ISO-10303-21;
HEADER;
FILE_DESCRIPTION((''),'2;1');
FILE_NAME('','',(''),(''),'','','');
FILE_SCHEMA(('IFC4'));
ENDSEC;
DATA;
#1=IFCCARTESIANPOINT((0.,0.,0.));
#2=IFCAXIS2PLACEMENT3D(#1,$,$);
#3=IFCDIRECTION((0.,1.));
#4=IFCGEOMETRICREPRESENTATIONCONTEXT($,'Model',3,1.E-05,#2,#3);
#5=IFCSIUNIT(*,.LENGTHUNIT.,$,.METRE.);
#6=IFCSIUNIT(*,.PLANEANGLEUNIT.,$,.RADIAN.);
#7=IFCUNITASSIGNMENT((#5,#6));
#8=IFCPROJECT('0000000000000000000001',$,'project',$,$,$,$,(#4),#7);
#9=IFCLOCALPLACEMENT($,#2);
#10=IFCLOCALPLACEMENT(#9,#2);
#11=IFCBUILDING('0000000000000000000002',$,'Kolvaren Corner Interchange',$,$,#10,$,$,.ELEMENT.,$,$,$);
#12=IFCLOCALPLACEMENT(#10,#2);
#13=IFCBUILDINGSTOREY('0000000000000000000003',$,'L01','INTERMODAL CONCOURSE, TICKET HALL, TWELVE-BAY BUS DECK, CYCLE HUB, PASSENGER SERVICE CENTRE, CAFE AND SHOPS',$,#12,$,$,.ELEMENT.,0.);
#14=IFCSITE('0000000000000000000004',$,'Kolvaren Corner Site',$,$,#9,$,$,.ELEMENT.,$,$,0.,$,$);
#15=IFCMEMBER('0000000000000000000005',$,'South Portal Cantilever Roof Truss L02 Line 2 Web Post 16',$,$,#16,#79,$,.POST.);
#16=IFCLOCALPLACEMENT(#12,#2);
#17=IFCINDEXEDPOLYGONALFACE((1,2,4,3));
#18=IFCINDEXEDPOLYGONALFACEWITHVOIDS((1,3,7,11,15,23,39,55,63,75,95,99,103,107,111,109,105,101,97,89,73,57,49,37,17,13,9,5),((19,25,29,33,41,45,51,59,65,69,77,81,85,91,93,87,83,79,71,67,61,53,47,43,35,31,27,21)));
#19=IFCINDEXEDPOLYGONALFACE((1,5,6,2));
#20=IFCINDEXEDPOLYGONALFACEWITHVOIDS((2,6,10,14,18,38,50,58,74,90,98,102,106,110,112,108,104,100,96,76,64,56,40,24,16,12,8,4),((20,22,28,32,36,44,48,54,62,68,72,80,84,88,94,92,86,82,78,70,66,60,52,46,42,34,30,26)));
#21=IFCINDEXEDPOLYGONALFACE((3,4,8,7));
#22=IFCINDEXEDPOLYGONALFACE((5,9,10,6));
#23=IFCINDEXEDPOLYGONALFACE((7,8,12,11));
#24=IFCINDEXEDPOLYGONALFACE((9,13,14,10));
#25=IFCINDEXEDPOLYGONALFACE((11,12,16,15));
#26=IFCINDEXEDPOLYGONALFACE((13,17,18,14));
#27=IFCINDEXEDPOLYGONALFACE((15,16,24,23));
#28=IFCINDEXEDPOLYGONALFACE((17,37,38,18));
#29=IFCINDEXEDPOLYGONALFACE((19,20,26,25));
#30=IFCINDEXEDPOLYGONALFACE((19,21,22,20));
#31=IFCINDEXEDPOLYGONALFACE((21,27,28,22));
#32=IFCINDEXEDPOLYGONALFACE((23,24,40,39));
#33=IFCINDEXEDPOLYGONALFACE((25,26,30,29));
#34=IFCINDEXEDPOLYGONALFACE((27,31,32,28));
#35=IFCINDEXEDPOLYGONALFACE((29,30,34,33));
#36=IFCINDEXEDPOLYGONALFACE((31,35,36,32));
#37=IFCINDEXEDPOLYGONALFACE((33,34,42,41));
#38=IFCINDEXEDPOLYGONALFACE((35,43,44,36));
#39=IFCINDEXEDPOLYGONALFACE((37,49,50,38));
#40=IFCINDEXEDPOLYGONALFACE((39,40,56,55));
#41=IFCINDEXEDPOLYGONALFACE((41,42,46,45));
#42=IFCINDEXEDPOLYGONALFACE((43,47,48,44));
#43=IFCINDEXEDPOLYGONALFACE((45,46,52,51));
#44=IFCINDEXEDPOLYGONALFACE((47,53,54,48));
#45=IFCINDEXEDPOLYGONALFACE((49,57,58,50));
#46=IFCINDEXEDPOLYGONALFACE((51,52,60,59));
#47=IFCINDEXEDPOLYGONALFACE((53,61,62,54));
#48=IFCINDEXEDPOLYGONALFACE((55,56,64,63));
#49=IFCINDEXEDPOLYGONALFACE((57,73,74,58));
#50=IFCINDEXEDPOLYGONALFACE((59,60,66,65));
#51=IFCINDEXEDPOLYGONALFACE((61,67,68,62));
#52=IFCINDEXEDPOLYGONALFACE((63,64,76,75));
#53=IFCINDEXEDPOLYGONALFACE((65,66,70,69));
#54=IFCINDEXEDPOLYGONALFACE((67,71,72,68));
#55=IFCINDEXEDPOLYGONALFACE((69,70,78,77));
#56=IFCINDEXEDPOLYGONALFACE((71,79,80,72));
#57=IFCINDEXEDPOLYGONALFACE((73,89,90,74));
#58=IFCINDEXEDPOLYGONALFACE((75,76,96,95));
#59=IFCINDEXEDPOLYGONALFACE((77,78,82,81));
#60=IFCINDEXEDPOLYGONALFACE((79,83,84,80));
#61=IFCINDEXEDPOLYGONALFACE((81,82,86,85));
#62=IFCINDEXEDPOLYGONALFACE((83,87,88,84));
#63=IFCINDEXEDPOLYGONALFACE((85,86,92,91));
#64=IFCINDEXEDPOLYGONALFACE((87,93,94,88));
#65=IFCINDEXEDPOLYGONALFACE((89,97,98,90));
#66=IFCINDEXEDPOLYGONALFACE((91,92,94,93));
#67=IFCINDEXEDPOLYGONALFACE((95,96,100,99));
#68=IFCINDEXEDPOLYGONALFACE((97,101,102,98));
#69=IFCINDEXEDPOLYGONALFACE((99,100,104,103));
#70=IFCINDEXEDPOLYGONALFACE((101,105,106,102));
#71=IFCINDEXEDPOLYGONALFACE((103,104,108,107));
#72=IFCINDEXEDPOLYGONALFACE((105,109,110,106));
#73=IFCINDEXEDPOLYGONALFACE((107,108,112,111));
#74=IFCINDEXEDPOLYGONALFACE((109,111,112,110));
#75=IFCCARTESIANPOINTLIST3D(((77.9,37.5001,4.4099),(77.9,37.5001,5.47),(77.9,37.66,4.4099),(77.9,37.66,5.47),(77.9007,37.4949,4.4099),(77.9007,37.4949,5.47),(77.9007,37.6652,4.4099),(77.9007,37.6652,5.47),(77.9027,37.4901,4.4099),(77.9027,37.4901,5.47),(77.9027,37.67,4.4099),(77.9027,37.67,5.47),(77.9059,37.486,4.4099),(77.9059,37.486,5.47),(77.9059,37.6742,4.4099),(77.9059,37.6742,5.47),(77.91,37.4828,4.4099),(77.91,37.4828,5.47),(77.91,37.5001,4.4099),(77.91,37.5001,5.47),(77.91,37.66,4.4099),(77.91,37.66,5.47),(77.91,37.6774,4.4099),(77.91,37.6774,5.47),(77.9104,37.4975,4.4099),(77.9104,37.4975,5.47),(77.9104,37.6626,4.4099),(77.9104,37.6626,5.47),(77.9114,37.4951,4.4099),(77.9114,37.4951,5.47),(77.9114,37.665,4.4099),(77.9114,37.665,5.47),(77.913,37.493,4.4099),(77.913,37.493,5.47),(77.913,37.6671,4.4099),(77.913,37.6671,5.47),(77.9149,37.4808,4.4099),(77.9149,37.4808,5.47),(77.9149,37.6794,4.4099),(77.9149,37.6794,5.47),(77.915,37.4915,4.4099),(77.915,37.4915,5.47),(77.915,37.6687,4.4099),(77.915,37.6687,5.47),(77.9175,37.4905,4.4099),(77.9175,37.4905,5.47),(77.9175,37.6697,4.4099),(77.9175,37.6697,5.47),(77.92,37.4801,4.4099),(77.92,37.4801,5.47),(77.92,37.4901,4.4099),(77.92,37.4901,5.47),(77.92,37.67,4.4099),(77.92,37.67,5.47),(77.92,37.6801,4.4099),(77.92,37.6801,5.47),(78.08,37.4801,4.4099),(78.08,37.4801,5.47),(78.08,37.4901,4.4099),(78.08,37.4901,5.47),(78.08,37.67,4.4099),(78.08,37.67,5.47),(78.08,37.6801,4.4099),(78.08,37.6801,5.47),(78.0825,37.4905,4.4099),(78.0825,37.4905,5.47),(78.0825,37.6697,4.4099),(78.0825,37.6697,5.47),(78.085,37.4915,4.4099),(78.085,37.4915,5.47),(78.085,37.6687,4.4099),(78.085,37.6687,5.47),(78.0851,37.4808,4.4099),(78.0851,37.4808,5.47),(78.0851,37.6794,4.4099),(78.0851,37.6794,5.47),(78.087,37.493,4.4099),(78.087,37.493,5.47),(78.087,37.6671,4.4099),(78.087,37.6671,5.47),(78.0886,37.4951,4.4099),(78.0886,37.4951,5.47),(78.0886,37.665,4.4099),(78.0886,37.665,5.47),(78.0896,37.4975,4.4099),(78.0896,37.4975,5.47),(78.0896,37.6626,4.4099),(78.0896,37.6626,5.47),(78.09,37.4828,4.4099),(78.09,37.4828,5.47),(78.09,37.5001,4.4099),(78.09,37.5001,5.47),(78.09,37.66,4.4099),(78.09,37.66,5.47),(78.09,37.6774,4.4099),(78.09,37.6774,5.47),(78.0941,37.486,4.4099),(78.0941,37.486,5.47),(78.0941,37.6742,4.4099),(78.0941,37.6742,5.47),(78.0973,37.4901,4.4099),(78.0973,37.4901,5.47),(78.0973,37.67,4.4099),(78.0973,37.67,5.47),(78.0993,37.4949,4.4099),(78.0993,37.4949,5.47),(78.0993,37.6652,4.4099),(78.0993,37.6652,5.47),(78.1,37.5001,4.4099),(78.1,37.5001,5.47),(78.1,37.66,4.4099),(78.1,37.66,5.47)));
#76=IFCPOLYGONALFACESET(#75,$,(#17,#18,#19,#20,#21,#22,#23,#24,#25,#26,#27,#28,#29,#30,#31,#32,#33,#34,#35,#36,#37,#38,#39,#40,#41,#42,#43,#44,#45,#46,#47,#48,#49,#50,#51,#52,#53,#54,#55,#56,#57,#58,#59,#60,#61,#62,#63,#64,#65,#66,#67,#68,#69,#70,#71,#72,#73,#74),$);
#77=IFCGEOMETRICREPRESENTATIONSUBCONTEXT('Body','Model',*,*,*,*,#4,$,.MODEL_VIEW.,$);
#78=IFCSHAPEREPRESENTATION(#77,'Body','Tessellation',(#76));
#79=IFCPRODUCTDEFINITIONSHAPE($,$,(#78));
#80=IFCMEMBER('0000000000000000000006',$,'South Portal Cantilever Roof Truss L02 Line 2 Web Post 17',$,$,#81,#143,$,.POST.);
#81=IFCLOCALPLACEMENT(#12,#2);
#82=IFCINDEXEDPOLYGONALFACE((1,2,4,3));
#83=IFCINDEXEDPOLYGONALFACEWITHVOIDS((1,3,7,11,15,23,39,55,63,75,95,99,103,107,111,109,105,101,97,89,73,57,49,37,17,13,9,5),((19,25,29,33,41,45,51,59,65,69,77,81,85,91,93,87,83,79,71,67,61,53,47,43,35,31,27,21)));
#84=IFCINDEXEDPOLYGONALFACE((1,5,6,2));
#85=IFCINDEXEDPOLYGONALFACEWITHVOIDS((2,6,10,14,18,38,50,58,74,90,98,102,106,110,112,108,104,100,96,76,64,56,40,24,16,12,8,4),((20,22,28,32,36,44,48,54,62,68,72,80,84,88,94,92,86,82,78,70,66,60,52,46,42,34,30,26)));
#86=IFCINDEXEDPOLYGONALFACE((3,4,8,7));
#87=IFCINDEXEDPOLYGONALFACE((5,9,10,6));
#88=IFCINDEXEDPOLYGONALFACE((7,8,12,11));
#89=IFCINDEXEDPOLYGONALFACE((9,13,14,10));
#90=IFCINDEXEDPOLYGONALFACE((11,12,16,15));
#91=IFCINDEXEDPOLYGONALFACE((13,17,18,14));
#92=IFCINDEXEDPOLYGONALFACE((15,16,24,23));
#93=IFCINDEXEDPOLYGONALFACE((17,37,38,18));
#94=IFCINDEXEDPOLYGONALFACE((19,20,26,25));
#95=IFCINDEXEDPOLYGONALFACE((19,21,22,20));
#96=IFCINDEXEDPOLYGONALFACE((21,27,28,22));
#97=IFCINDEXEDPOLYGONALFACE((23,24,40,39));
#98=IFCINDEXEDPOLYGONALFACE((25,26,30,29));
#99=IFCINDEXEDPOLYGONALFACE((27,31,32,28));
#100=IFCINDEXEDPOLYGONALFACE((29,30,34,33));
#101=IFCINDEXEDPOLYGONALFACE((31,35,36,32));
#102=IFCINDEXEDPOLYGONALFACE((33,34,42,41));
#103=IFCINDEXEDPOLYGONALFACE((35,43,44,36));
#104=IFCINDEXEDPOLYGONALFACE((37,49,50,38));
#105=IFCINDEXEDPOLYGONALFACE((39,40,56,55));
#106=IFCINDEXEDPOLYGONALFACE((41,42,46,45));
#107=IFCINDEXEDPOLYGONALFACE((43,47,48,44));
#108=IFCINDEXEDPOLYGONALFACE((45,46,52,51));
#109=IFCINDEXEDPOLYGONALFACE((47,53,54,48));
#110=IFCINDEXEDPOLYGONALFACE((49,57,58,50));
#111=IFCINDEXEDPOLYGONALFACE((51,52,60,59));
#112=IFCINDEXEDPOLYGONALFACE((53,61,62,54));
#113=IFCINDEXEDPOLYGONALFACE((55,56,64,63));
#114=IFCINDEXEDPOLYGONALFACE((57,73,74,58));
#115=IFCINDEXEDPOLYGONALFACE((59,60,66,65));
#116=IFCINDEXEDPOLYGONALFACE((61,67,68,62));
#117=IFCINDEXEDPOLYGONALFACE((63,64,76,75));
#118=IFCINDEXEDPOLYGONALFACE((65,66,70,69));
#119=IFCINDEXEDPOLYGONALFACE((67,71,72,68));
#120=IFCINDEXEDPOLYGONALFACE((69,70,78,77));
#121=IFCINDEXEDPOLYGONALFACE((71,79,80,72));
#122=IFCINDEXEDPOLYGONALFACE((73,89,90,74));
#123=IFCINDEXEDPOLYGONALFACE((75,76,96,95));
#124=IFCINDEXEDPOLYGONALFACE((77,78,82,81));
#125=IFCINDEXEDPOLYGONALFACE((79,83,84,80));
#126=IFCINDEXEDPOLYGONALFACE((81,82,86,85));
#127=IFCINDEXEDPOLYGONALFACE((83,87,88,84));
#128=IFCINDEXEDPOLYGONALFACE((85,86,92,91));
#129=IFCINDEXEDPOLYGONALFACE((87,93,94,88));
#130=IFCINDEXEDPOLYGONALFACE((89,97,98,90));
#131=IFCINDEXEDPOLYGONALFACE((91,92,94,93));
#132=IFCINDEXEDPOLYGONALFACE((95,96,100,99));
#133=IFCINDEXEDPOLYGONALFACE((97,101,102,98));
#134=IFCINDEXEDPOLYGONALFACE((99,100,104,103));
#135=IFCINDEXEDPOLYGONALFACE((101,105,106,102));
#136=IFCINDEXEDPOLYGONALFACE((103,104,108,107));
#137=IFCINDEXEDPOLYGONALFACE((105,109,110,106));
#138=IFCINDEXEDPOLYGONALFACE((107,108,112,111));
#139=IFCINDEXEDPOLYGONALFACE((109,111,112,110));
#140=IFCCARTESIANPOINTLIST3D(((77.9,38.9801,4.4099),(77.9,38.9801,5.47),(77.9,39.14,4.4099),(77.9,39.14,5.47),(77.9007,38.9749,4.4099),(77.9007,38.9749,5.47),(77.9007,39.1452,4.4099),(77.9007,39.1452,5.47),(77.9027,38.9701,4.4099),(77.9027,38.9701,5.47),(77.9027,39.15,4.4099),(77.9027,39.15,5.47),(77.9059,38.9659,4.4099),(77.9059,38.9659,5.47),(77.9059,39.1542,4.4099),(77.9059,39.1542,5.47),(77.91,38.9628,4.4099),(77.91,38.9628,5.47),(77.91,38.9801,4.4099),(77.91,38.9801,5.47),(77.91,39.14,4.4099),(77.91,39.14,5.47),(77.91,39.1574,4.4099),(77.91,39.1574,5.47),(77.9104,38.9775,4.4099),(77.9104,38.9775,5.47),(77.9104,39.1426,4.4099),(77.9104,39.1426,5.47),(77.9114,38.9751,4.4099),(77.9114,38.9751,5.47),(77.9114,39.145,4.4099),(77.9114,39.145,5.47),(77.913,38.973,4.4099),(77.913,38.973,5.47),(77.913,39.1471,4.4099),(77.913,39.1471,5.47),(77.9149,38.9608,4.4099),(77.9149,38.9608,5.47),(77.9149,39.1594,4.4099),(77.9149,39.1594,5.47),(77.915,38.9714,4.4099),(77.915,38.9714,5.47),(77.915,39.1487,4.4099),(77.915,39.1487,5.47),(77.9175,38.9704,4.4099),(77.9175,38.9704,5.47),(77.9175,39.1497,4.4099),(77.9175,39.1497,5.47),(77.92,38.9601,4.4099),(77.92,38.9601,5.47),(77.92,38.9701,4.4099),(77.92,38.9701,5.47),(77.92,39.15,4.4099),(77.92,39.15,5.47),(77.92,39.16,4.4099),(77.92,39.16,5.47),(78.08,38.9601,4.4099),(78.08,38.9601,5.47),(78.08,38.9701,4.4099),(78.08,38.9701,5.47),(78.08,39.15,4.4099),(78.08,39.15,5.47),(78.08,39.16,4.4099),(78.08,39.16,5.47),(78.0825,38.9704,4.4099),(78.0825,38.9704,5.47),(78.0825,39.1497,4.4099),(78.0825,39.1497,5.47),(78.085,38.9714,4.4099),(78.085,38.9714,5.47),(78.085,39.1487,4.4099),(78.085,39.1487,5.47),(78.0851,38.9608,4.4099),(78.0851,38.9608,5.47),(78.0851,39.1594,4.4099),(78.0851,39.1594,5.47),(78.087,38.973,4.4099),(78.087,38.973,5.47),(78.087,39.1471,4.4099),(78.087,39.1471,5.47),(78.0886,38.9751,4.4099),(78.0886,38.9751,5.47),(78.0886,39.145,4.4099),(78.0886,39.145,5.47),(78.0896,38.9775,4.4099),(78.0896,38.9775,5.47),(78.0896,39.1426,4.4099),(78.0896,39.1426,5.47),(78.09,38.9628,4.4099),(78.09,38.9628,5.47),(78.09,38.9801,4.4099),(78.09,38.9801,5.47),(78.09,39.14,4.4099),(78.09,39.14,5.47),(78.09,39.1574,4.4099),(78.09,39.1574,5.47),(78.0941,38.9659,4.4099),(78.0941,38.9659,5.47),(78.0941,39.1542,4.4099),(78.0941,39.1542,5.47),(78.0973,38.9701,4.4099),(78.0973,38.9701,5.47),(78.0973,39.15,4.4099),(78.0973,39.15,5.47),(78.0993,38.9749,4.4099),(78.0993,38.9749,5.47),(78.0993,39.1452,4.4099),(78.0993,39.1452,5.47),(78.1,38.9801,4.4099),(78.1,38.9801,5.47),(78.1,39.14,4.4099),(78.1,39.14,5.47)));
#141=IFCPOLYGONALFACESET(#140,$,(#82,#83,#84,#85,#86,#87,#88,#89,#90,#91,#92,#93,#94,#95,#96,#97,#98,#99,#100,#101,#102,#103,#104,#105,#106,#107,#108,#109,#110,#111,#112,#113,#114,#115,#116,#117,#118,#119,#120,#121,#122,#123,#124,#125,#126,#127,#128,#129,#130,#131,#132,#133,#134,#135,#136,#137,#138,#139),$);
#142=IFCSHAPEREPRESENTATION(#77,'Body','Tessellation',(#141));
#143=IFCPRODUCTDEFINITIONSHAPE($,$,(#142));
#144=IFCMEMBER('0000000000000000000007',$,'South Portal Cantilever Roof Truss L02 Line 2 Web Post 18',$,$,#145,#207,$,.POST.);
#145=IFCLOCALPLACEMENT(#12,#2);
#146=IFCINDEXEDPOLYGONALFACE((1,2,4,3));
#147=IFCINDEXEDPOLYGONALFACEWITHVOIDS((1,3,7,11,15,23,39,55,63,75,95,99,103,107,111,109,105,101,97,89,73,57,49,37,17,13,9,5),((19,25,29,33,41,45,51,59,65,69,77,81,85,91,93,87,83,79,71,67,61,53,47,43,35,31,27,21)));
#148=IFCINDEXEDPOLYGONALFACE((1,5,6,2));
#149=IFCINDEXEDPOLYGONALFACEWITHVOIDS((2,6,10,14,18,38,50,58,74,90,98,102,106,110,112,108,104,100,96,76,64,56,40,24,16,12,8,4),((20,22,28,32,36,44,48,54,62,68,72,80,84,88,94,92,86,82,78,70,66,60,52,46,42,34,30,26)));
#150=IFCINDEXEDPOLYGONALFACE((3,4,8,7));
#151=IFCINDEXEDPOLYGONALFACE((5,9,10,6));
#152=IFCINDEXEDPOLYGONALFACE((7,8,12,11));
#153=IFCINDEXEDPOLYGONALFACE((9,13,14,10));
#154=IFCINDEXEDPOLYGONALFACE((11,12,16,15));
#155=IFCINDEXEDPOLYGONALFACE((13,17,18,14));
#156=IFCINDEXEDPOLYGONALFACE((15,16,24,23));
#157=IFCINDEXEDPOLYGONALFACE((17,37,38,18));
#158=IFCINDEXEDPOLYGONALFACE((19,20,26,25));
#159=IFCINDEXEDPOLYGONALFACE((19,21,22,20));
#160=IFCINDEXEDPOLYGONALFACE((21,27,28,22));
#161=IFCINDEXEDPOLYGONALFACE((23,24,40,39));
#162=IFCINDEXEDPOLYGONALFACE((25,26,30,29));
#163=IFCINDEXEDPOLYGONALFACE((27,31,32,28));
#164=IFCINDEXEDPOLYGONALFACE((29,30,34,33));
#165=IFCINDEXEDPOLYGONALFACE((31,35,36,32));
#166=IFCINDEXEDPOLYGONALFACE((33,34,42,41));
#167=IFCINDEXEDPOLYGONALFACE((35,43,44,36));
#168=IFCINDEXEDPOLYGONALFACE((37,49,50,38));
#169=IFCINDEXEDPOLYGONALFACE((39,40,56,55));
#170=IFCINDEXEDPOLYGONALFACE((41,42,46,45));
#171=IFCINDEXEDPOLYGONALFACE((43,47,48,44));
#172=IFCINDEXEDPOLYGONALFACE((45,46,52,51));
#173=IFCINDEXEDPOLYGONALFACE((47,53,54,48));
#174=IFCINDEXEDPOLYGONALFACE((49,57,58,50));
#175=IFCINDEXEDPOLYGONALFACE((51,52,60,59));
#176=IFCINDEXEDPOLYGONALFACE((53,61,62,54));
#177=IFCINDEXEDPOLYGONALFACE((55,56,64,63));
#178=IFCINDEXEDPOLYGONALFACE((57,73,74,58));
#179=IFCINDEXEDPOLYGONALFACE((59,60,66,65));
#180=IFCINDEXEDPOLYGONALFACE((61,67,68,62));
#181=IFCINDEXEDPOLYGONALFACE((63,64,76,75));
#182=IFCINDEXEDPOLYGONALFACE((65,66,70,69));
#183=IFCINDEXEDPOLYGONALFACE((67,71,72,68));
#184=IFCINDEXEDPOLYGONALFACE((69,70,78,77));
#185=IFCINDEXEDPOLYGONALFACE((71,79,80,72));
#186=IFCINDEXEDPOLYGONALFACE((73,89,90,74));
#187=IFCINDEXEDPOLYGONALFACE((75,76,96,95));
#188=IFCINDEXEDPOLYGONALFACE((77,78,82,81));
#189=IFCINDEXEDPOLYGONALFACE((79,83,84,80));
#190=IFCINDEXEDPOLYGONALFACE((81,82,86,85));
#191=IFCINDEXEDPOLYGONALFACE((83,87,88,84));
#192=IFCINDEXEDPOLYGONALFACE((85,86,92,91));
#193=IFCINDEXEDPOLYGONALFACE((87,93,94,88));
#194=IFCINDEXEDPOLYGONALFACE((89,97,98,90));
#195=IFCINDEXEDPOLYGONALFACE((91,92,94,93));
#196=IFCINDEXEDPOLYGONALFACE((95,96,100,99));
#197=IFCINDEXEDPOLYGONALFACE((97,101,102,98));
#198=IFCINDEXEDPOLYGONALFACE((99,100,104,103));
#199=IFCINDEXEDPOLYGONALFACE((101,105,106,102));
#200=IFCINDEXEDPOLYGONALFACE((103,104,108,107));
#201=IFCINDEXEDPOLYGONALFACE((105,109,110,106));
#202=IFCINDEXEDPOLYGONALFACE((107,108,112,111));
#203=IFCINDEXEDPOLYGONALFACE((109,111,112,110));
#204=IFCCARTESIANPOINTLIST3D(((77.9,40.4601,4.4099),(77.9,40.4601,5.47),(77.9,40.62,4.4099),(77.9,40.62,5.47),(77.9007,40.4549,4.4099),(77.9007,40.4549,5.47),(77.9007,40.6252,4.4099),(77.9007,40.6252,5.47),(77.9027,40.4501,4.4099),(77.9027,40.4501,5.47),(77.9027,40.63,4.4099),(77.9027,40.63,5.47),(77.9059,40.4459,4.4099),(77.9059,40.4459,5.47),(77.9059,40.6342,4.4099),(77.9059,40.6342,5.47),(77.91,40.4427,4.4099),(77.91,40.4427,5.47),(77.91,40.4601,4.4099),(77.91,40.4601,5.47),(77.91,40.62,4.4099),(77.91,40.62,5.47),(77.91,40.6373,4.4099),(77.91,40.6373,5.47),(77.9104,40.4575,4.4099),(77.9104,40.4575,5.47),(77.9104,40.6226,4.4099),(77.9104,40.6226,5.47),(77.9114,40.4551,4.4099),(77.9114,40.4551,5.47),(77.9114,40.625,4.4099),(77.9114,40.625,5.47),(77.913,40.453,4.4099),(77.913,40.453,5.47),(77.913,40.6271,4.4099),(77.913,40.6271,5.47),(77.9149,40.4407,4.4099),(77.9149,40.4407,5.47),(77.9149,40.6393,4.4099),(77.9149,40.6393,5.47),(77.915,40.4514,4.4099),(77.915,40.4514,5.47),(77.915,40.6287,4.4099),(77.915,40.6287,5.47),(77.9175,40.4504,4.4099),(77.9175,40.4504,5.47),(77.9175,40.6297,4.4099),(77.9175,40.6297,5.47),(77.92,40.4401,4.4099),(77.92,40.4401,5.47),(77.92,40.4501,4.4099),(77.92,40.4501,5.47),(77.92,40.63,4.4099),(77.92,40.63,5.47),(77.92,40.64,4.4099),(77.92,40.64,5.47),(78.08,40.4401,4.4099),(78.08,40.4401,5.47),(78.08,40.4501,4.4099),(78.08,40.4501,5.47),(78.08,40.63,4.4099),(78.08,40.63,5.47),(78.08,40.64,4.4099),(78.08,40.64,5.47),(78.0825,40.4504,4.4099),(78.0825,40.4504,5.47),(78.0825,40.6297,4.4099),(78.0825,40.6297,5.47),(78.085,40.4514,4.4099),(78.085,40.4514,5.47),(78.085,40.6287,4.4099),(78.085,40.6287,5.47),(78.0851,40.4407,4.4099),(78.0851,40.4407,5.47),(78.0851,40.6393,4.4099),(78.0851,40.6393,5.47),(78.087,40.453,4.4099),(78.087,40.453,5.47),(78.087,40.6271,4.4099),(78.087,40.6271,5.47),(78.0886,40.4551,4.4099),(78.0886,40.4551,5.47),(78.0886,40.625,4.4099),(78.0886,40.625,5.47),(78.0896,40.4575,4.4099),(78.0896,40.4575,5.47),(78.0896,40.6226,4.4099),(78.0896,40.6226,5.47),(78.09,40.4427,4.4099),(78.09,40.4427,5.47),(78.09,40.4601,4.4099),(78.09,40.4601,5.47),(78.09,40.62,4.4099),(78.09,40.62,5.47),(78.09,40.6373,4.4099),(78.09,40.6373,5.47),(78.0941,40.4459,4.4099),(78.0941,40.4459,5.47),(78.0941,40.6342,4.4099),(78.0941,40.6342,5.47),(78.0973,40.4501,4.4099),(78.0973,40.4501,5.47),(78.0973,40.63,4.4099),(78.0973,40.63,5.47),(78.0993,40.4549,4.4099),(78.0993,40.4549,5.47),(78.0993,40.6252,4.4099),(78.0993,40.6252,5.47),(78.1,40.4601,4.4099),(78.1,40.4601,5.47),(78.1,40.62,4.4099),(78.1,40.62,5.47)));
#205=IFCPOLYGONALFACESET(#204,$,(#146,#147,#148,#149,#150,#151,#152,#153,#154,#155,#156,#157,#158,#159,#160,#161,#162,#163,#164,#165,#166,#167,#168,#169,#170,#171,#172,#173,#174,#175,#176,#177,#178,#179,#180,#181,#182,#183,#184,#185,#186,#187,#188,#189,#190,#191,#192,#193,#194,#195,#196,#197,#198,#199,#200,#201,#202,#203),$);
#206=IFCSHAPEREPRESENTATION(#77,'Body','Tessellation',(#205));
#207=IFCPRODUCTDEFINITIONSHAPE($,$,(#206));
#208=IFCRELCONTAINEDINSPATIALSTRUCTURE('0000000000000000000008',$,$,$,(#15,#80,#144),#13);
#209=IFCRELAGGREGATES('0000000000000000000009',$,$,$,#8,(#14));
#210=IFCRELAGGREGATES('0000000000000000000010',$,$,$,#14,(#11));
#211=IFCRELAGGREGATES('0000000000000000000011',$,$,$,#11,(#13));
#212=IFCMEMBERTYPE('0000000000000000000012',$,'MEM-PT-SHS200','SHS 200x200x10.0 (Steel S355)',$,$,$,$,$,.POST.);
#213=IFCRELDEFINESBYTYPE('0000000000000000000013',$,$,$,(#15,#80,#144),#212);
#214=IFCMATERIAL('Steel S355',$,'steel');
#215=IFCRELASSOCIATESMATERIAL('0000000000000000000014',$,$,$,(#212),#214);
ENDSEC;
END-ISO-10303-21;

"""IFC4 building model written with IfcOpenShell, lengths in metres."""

from ifc_helpers import new_model, si_unit, direction, frame, origin, origin_2d, place, context, subcontext, project, spatial, hollow_rectangle, extrude, material, material_profile, profile_set, type_object, element, save


model = new_model("IFC4")

# Units and contexts
model_context = context("Model", 3, precision=1e-05, world=origin(), true_north=direction((0.0, 1.0)))
body_context = subcontext(model_context, "Body", "Model", "MODEL_VIEW")
ifc_project = project(units=[si_unit("LENGTHUNIT", "METRE"), si_unit("PLANEANGLEUNIT", "RADIAN")], contexts=[model_context])

# Site, building, storey
site_placement = place(None, origin())
site = spatial("IfcSite", under=ifc_project, at=site_placement, Name="Kolvaren Corner Site", CompositionType="ELEMENT", RefElevation=0.0)
building_placement = place(site_placement, origin())
building = spatial("IfcBuilding", under=site, at=building_placement, Name="Kolvaren Corner Interchange", CompositionType="ELEMENT")
storey_placement = place(building_placement, origin())
storey = spatial("IfcBuildingStorey", under=building, at=storey_placement, Name="L01", Description="INTERMODAL CONCOURSE, TICKET HALL, TWELVE-BAY BUS DECK, CYCLE HUB, PASSENGER SERVICE CENTRE, CAFE AND SHOPS", CompositionType="ELEMENT", Elevation=0.0)

# Members
ifc_material_1 = material(Name="Steel S355", Category="steel")
ifc_material_profile_1 = material_profile(ifc_material_1, hollow_rectangle(XDim=0.2, YDim=0.2, WallThickness=0.01, InnerFilletRadius=0.01, OuterFilletRadius=0.02, at=origin_2d()), Name="SHS 200x200x10.0")
ifc_profile_set_1 = profile_set([ifc_material_profile_1], Name="Steel S355")
member_type_1 = type_object("IfcMemberType", Name="MEM-PT-SHS200", Description="SHS 200x200x10.0 (Steel S355)", PredefinedType="POST", material=ifc_profile_set_1)
for number, where, z_axis, x_axis, name in (
    (1, (78.0, 37.5801, 4.4099), (0.0, 0.0, 1.0), (1.0, 0.0, 0.0), "South Portal Cantilever Roof Truss L02 Line 2 Web Post 16"),
    (2, (78.0, 39.0601, 4.4099), (0.0, 0.0, 1.0), (1.0, 0.0, 0.0), "South Portal Cantilever Roof Truss L02 Line 2 Web Post 17"),
    (3, (78.0, 40.54, 4.4099), (0.0, 0.0, 1.0), (1.0, 0.0, 0.0), "South Portal Cantilever Roof Truss L02 Line 2 Web Post 18"),
):
    element("IfcMember", number, at=place(storey_placement, frame(where, z_axis=z_axis, x_axis=x_axis)), inside=storey, type_object=member_type_1, Name=name, PredefinedType="POST", context=body_context, shape_type="SweptSolid", body=[
        extrude(hollow_rectangle(XDim=0.2, YDim=0.2, WallThickness=0.01, InnerFilletRadius=0.01, OuterFilletRadius=0.02, at=origin_2d()), origin(), (0.0, 0.0, 1.0), 1.0601),
    ])

save(model, "model.ifc")
